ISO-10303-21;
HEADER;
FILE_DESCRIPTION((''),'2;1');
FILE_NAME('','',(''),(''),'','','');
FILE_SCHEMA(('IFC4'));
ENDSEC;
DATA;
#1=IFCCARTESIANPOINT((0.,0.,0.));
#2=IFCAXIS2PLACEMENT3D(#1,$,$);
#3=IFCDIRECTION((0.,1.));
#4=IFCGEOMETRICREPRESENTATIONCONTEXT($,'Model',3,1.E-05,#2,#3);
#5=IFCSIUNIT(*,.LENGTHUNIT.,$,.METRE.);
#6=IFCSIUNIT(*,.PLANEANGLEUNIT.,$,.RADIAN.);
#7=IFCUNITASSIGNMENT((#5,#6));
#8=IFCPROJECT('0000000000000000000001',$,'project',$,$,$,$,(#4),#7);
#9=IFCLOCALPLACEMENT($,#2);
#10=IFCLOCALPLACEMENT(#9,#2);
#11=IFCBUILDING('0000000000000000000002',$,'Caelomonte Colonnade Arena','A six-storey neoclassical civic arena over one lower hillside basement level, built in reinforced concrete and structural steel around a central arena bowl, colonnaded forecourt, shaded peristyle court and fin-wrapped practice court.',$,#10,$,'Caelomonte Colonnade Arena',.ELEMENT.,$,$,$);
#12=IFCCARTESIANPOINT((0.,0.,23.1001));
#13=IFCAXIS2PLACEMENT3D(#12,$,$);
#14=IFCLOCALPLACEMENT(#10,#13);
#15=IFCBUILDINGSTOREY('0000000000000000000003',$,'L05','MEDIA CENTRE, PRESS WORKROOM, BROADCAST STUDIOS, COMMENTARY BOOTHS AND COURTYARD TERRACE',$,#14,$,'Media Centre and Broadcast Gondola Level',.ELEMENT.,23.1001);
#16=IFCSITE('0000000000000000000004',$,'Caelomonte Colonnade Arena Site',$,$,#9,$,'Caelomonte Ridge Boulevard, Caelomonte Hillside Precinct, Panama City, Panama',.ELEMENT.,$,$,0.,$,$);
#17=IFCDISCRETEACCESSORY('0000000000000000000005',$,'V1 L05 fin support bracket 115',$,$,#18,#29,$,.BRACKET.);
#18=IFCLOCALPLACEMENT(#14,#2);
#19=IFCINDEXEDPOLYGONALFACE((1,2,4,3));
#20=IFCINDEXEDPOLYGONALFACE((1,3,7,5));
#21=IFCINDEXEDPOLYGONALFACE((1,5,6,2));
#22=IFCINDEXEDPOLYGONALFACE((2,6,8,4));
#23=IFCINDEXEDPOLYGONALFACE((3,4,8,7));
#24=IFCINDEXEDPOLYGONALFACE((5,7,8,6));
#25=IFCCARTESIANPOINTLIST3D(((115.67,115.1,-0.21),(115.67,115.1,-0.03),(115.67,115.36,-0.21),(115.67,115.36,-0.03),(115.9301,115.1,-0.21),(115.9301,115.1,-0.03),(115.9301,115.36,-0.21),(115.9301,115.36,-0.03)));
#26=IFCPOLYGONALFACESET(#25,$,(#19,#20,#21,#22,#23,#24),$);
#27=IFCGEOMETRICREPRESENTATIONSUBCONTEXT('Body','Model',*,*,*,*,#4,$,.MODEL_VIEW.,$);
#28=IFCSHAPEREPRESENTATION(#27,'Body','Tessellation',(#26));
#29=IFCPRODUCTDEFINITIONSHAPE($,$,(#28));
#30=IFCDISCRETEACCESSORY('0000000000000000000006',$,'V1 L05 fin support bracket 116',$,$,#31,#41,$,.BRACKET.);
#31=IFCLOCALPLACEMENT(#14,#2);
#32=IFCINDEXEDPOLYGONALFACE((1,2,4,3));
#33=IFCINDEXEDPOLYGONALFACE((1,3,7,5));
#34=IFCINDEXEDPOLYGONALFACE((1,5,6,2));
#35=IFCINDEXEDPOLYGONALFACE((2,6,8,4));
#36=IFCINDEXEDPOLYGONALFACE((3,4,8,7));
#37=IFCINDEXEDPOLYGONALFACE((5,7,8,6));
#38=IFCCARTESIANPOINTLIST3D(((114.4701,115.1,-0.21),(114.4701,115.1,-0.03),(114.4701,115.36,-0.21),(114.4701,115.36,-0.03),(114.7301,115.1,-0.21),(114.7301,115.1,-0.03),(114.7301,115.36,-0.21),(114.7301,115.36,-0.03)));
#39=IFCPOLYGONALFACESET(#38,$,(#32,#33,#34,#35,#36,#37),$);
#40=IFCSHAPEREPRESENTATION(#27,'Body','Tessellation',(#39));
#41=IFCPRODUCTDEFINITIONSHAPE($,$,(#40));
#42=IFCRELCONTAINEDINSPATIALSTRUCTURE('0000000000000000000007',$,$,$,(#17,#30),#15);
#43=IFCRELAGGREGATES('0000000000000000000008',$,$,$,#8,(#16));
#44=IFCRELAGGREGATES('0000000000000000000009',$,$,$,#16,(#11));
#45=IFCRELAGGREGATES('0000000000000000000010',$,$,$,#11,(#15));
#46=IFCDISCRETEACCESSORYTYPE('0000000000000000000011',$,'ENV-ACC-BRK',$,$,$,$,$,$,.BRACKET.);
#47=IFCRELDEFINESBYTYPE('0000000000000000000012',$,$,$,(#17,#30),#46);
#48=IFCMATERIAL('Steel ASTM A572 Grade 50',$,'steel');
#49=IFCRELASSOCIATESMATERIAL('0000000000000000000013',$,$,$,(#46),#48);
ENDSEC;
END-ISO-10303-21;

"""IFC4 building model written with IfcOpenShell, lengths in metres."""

from ifc_helpers import new_model, si_unit, direction, frame, origin, origin_2d, place, context, subcontext, project, spatial, rectangle, extrude, material, type_object, element, save


model = new_model("IFC4")

# Units and contexts
model_context = context("Model", 3, precision=1e-05, world=origin(), true_north=direction((0.0, 1.0)))
body_context = subcontext(model_context, "Body", "Model", "MODEL_VIEW")
ifc_project = project(units=[si_unit("LENGTHUNIT", "METRE"), si_unit("PLANEANGLEUNIT", "RADIAN")], contexts=[model_context])

# Site, building, storey
site_placement = place(None, origin())
site = spatial("IfcSite", under=ifc_project, at=site_placement, Name="Caelomonte Colonnade Arena Site", LongName="Caelomonte Ridge Boulevard, Caelomonte Hillside Precinct, Panama City, Panama", CompositionType="ELEMENT", RefElevation=0.0)
building_placement = place(site_placement, origin())
building = spatial("IfcBuilding", under=site, at=building_placement, Name="Caelomonte Colonnade Arena", Description="A six-storey neoclassical civic arena over one lower hillside basement level, built in reinforced concrete and structural steel around a central arena bowl, colonnaded forecourt, shaded peristyle court and fin-wrapped practice court.", LongName="Caelomonte Colonnade Arena", CompositionType="ELEMENT")
storey_placement = place(building_placement, frame((0.0, 0.0, 23.1001)))
storey = spatial("IfcBuildingStorey", under=building, at=storey_placement, Name="L05", Description="MEDIA CENTRE, PRESS WORKROOM, BROADCAST STUDIOS, COMMENTARY BOOTHS AND COURTYARD TERRACE", LongName="Media Centre and Broadcast Gondola Level", CompositionType="ELEMENT", Elevation=23.1001)

# Discrete accessories
ifc_material_1 = material(Name="Steel ASTM A572 Grade 50", Category="steel")
discrete_accessory_type = type_object("IfcDiscreteAccessoryType", Name="ENV-ACC-BRK", PredefinedType="BRACKET", material=ifc_material_1)
for number, where, z_axis, x_axis, name in (
    (1, (115.8, 115.23, -0.21), (0.0, 0.0, 1.0), (-1.0, 0.0, 0.0), "V1 L05 fin support bracket 115"),
    (2, (114.6001, 115.23, -0.21), (0.0, 0.0, 1.0), (-1.0, 0.0, 0.0), "V1 L05 fin support bracket 116"),
):
    element("IfcDiscreteAccessory", number, at=place(storey_placement, frame(where, z_axis=z_axis, x_axis=x_axis)), inside=storey, type_object=discrete_accessory_type, Name=name, PredefinedType="BRACKET", context=body_context, shape_type="SweptSolid", body=[
        extrude(rectangle(XDim=0.26, YDim=0.26, at=origin_2d()), origin(), (0.0, 0.0, 1.0), 0.1799),
    ])

save(model, "model.ifc")
